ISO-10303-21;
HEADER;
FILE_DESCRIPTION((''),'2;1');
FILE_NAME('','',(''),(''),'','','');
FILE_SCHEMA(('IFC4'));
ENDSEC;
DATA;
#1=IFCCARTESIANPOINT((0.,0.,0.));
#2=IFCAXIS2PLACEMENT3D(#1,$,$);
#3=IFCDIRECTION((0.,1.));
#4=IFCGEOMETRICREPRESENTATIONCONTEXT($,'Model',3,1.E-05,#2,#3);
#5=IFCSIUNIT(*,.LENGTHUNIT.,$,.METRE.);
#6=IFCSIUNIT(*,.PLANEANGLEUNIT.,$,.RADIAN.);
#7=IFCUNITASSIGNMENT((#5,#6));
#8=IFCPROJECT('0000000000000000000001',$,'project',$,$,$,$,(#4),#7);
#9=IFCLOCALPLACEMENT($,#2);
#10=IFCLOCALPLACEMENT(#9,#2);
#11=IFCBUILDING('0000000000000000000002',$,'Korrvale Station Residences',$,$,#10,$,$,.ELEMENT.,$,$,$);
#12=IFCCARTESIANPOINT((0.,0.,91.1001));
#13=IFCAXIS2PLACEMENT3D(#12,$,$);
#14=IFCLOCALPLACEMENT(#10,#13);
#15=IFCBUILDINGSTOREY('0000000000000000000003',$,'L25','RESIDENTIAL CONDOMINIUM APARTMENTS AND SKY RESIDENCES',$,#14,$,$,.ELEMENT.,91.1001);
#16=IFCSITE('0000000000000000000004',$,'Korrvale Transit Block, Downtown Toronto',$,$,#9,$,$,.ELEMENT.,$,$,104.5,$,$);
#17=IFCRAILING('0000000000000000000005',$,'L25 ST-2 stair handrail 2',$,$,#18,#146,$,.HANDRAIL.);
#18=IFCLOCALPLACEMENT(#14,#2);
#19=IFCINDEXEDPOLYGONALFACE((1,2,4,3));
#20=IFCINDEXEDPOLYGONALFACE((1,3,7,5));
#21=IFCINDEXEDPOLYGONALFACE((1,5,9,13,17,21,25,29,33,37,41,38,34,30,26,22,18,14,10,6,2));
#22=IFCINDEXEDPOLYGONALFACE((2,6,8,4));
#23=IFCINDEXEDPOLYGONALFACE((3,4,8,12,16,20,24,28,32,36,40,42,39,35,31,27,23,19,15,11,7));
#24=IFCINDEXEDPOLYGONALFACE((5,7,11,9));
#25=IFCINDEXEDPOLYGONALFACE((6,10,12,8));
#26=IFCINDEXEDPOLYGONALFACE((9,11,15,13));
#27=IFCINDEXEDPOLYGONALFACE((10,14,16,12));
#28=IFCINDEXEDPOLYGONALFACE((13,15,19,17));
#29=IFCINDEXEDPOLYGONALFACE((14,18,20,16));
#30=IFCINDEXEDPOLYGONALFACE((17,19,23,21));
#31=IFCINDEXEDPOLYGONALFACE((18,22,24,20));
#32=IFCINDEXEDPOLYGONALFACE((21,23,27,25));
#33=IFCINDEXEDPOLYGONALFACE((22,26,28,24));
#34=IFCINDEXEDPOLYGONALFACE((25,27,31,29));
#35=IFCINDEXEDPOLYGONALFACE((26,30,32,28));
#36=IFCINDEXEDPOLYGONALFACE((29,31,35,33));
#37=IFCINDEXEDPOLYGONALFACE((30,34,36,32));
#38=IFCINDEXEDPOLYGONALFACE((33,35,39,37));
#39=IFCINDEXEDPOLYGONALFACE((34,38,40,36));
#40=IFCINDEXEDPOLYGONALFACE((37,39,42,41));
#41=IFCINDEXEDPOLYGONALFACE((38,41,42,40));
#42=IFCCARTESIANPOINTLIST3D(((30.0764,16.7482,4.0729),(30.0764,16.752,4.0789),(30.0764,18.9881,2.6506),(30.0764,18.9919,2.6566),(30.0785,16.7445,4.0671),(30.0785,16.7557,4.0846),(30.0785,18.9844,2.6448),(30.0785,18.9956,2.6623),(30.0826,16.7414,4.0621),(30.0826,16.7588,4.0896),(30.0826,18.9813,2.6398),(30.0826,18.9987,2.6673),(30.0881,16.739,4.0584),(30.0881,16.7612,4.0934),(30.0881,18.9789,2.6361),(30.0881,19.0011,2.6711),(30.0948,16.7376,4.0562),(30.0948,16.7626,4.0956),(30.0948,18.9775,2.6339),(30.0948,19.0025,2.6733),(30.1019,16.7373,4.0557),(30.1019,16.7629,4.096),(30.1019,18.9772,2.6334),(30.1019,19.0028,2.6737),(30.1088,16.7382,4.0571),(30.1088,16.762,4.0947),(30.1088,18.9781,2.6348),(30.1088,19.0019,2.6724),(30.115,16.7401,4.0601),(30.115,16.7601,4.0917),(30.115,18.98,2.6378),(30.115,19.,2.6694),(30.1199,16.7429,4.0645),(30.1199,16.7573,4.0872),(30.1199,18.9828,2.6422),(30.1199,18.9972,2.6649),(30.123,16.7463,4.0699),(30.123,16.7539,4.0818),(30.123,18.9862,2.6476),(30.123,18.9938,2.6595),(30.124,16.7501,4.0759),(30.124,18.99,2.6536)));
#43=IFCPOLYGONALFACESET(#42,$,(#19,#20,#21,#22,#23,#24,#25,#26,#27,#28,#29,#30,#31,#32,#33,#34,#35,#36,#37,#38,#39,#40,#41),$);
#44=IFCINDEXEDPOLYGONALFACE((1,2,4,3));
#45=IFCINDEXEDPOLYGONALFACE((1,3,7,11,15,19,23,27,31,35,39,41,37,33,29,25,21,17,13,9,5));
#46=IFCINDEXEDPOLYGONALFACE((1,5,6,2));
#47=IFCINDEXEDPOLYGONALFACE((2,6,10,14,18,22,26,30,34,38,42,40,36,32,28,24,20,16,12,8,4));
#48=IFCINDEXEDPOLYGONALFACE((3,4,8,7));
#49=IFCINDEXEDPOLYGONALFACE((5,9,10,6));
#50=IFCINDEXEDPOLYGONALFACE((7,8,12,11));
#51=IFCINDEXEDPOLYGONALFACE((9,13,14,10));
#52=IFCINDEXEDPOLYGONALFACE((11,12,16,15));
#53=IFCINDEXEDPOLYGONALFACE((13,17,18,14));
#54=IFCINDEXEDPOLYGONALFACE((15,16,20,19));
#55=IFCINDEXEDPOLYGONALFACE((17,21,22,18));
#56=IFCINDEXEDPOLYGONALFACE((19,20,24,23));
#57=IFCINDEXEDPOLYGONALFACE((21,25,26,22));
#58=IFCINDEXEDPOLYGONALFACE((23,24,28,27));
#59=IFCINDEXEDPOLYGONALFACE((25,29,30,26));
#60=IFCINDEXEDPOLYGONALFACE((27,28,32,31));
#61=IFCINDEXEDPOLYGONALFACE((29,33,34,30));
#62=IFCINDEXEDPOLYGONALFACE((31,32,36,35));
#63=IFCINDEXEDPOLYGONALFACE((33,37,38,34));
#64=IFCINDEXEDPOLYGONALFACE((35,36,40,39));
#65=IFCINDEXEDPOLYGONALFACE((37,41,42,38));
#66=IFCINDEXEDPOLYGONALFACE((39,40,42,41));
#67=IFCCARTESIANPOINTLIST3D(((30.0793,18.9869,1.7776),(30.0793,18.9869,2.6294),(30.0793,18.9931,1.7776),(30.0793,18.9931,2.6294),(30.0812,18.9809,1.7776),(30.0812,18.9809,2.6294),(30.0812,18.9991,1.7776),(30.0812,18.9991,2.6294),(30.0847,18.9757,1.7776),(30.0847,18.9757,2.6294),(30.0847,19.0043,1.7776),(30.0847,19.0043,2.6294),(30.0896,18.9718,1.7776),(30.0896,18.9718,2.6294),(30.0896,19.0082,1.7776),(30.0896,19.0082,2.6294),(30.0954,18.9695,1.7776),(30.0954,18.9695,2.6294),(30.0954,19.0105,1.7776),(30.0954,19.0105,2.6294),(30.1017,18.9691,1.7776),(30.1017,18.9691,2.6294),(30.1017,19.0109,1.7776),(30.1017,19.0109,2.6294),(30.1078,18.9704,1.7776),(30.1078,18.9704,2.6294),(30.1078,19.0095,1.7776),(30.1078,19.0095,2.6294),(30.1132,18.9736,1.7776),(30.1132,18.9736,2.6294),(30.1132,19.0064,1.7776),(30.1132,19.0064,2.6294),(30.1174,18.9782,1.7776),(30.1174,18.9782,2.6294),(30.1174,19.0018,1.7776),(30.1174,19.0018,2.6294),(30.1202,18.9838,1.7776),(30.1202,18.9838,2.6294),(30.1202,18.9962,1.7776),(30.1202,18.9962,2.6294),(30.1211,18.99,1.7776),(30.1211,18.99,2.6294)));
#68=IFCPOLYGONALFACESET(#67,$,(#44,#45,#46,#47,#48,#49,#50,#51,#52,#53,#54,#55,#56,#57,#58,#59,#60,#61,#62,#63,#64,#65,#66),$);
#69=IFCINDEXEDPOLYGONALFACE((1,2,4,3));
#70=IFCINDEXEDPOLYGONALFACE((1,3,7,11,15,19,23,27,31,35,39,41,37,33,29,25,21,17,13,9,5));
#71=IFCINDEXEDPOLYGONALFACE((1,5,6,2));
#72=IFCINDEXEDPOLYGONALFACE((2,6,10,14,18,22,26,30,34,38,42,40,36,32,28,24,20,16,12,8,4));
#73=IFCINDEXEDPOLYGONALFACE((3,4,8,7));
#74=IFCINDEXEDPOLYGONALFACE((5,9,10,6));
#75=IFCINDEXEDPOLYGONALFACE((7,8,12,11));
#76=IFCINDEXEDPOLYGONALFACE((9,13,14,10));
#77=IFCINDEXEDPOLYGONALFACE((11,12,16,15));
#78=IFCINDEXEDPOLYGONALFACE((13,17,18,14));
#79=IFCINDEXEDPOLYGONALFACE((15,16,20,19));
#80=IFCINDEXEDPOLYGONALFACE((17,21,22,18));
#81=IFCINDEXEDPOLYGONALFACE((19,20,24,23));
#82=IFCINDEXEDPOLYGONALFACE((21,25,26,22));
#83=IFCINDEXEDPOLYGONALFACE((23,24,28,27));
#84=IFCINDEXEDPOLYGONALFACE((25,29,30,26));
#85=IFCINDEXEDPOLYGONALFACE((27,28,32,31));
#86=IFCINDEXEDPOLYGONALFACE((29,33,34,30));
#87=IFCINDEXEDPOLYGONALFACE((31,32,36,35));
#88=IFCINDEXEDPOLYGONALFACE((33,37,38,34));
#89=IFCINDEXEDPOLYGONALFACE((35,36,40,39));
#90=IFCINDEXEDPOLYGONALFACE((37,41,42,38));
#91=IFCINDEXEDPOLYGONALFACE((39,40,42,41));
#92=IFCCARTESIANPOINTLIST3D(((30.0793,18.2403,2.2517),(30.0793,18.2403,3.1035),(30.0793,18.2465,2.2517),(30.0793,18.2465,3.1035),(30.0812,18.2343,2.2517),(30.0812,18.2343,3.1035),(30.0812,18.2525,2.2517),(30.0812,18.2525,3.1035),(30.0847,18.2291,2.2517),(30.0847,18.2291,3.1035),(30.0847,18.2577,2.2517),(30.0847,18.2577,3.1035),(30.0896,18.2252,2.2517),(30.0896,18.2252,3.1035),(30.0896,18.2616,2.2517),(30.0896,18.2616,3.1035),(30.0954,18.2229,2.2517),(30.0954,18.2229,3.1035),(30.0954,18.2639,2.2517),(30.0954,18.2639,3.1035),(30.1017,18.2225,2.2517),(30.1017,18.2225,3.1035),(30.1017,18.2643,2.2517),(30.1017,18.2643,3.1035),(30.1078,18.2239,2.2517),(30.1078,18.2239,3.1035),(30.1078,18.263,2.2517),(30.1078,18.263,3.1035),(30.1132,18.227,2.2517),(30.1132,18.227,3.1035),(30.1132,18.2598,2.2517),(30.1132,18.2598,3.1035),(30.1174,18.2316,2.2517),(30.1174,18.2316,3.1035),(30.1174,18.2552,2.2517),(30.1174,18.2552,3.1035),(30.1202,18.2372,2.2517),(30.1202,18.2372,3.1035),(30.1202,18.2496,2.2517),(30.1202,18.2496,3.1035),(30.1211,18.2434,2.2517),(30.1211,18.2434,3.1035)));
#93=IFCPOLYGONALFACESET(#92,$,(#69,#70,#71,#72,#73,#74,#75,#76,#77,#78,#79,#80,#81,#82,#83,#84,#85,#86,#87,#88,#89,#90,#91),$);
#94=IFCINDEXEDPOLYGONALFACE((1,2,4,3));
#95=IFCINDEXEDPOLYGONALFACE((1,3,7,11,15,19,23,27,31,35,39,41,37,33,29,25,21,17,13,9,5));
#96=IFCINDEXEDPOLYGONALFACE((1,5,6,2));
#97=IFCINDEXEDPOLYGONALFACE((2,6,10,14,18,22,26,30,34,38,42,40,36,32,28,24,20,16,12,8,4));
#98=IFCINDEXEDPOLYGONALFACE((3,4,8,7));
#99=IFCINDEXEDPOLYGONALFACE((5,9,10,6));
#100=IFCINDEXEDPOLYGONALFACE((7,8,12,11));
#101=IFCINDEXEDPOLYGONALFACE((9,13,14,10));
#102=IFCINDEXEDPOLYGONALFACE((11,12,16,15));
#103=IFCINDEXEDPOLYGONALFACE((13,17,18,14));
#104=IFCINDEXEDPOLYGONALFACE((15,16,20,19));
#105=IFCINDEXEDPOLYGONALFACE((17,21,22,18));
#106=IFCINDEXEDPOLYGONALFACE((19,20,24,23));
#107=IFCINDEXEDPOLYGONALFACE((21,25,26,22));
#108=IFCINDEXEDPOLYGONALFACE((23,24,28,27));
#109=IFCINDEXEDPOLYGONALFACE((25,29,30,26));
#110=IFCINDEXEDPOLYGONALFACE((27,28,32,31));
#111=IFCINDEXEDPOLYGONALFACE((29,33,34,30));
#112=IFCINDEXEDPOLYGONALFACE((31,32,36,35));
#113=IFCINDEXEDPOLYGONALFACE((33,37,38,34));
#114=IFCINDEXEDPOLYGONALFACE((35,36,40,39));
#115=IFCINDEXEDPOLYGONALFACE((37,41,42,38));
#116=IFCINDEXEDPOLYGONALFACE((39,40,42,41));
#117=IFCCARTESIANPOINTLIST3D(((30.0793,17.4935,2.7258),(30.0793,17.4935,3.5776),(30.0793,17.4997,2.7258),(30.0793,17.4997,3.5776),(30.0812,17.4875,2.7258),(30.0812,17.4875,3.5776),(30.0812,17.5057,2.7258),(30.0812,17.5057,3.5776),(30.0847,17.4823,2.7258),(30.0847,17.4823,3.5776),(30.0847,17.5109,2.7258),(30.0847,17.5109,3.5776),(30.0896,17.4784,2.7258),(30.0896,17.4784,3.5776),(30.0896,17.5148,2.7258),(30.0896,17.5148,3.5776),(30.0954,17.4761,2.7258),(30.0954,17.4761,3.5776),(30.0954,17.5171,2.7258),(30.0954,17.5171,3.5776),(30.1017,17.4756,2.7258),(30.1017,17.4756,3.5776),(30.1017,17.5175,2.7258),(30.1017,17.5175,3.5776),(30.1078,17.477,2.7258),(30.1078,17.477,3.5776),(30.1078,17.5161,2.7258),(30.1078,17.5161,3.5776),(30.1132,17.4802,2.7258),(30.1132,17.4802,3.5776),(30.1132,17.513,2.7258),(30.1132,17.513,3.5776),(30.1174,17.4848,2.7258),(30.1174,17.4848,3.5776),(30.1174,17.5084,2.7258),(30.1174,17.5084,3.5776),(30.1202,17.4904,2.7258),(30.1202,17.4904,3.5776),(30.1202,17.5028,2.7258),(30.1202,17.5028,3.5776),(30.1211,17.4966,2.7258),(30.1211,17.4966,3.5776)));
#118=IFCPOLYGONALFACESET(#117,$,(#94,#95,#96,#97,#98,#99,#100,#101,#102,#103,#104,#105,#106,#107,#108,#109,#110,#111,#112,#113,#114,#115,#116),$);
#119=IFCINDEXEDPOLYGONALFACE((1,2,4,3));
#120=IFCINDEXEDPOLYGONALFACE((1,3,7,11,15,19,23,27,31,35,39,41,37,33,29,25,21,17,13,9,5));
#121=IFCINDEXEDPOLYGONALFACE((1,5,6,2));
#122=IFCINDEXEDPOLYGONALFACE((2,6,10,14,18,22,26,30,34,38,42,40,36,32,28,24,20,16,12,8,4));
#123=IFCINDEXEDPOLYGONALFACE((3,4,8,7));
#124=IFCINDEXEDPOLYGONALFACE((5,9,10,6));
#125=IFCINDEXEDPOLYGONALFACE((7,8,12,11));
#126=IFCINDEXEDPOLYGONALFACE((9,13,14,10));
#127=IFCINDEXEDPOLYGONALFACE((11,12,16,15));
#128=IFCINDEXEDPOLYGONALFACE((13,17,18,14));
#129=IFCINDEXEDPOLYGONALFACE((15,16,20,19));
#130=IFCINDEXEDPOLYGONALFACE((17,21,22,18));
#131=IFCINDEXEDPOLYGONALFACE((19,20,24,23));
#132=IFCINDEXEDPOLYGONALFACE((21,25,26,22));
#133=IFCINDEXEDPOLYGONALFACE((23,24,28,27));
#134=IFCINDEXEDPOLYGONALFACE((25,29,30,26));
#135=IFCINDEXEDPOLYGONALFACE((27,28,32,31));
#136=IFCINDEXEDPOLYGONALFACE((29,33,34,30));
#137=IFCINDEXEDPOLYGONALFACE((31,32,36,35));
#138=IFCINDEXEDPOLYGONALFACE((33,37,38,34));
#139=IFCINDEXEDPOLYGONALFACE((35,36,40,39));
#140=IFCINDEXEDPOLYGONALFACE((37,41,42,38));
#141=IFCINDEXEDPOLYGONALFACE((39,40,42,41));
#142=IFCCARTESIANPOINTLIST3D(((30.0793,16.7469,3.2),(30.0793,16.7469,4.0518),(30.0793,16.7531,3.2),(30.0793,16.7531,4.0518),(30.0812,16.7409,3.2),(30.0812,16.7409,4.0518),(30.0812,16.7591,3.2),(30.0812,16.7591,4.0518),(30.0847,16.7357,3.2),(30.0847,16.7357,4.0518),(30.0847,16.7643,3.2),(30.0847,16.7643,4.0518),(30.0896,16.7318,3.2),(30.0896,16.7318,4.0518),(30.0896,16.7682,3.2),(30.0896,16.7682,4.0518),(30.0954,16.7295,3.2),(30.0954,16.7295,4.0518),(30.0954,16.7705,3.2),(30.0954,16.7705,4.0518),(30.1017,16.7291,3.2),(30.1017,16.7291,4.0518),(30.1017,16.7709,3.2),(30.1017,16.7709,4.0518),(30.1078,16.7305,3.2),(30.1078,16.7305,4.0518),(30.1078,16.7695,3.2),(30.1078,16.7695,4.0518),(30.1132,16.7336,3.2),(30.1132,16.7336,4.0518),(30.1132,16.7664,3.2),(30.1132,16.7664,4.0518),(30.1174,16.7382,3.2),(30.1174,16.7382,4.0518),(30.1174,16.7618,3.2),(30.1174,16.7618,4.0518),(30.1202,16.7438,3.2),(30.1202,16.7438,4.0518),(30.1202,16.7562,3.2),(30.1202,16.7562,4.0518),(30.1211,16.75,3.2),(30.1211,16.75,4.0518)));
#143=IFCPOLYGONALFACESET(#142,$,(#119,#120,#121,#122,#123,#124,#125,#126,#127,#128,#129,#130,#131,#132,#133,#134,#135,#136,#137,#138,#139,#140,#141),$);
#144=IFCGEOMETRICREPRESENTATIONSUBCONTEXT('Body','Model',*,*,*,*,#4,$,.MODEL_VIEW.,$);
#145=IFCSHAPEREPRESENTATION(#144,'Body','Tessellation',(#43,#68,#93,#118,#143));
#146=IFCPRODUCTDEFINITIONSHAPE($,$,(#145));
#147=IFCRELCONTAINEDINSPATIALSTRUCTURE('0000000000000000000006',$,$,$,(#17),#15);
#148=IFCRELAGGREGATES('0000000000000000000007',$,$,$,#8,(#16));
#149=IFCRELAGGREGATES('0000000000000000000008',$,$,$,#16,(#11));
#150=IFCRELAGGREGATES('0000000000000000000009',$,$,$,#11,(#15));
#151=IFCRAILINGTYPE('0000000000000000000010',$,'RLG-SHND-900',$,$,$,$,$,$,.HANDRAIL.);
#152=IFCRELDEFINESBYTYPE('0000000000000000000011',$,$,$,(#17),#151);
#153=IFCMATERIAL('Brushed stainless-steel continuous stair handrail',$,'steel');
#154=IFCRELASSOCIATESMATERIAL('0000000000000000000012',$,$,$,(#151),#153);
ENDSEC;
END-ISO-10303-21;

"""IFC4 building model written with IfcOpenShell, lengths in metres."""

from ifc_helpers import new_model, si_unit, direction, frame, origin, origin_2d, place, context, subcontext, project, spatial, circle, extrude, material, type_object, element, save


model = new_model("IFC4")

# Units and contexts
model_context = context("Model", 3, precision=1e-05, world=origin(), true_north=direction((0.0, 1.0)))
body_context = subcontext(model_context, "Body", "Model", "MODEL_VIEW")
ifc_project = project(units=[si_unit("LENGTHUNIT", "METRE"), si_unit("PLANEANGLEUNIT", "RADIAN")], contexts=[model_context])

# Site, building, storey
site_placement = place(None, origin())
site = spatial("IfcSite", under=ifc_project, at=site_placement, Name="Korrvale Transit Block, Downtown Toronto", CompositionType="ELEMENT", RefElevation=104.5)
building_placement = place(site_placement, origin())
building = spatial("IfcBuilding", under=site, at=building_placement, Name="Korrvale Station Residences", CompositionType="ELEMENT")
storey_placement = place(building_placement, frame((0.0, 0.0, 91.1001)))
storey = spatial("IfcBuildingStorey", under=building, at=storey_placement, Name="L25", Description="RESIDENTIAL CONDOMINIUM APARTMENTS AND SKY RESIDENCES", CompositionType="ELEMENT", Elevation=91.1001)

# Railing
ifc_material_1 = material(Name="Brushed stainless-steel continuous stair handrail", Category="steel")
railing_type_1 = type_object("IfcRailingType", Name="RLG-SHND-900", PredefinedType="HANDRAIL", material=ifc_material_1)
railing_1_placement = place(storey_placement, frame((30.1001, 18.99, 1.7776)))
element("IfcRailing", 1, at=railing_1_placement, inside=storey, type_object=railing_type_1, Name="L25 ST-2 stair handrail 2", PredefinedType="HANDRAIL", context=body_context, shape_type="SweptSolid", body=[
    extrude(circle(Radius=0.0239, at=origin_2d()), frame((0.0, 0.0, 0.876), z_axis=(0.0, -0.844188, 0.536048), x_axis=(1.0, 0.0, 0.0)), (0.0, 0.0, 1.0), 2.6533),
    extrude(circle(Radius=0.021, at=origin_2d()), origin(), (0.0, 0.0, 1.0), 0.8518),
    extrude(circle(Radius=0.021, at=origin_2d()), frame((0.0, -0.7466, 0.4741)), (0.0, 0.0, 1.0), 0.8518),
    extrude(circle(Radius=0.021, at=origin_2d()), frame((0.0, -1.4934, 0.9482)), (0.0, 0.0, 1.0), 0.8518),
    extrude(circle(Radius=0.021, at=origin_2d()), frame((0.0, -2.24, 1.4224)), (0.0, 0.0, 1.0), 0.8518),
])

save(model, "model.ifc")
